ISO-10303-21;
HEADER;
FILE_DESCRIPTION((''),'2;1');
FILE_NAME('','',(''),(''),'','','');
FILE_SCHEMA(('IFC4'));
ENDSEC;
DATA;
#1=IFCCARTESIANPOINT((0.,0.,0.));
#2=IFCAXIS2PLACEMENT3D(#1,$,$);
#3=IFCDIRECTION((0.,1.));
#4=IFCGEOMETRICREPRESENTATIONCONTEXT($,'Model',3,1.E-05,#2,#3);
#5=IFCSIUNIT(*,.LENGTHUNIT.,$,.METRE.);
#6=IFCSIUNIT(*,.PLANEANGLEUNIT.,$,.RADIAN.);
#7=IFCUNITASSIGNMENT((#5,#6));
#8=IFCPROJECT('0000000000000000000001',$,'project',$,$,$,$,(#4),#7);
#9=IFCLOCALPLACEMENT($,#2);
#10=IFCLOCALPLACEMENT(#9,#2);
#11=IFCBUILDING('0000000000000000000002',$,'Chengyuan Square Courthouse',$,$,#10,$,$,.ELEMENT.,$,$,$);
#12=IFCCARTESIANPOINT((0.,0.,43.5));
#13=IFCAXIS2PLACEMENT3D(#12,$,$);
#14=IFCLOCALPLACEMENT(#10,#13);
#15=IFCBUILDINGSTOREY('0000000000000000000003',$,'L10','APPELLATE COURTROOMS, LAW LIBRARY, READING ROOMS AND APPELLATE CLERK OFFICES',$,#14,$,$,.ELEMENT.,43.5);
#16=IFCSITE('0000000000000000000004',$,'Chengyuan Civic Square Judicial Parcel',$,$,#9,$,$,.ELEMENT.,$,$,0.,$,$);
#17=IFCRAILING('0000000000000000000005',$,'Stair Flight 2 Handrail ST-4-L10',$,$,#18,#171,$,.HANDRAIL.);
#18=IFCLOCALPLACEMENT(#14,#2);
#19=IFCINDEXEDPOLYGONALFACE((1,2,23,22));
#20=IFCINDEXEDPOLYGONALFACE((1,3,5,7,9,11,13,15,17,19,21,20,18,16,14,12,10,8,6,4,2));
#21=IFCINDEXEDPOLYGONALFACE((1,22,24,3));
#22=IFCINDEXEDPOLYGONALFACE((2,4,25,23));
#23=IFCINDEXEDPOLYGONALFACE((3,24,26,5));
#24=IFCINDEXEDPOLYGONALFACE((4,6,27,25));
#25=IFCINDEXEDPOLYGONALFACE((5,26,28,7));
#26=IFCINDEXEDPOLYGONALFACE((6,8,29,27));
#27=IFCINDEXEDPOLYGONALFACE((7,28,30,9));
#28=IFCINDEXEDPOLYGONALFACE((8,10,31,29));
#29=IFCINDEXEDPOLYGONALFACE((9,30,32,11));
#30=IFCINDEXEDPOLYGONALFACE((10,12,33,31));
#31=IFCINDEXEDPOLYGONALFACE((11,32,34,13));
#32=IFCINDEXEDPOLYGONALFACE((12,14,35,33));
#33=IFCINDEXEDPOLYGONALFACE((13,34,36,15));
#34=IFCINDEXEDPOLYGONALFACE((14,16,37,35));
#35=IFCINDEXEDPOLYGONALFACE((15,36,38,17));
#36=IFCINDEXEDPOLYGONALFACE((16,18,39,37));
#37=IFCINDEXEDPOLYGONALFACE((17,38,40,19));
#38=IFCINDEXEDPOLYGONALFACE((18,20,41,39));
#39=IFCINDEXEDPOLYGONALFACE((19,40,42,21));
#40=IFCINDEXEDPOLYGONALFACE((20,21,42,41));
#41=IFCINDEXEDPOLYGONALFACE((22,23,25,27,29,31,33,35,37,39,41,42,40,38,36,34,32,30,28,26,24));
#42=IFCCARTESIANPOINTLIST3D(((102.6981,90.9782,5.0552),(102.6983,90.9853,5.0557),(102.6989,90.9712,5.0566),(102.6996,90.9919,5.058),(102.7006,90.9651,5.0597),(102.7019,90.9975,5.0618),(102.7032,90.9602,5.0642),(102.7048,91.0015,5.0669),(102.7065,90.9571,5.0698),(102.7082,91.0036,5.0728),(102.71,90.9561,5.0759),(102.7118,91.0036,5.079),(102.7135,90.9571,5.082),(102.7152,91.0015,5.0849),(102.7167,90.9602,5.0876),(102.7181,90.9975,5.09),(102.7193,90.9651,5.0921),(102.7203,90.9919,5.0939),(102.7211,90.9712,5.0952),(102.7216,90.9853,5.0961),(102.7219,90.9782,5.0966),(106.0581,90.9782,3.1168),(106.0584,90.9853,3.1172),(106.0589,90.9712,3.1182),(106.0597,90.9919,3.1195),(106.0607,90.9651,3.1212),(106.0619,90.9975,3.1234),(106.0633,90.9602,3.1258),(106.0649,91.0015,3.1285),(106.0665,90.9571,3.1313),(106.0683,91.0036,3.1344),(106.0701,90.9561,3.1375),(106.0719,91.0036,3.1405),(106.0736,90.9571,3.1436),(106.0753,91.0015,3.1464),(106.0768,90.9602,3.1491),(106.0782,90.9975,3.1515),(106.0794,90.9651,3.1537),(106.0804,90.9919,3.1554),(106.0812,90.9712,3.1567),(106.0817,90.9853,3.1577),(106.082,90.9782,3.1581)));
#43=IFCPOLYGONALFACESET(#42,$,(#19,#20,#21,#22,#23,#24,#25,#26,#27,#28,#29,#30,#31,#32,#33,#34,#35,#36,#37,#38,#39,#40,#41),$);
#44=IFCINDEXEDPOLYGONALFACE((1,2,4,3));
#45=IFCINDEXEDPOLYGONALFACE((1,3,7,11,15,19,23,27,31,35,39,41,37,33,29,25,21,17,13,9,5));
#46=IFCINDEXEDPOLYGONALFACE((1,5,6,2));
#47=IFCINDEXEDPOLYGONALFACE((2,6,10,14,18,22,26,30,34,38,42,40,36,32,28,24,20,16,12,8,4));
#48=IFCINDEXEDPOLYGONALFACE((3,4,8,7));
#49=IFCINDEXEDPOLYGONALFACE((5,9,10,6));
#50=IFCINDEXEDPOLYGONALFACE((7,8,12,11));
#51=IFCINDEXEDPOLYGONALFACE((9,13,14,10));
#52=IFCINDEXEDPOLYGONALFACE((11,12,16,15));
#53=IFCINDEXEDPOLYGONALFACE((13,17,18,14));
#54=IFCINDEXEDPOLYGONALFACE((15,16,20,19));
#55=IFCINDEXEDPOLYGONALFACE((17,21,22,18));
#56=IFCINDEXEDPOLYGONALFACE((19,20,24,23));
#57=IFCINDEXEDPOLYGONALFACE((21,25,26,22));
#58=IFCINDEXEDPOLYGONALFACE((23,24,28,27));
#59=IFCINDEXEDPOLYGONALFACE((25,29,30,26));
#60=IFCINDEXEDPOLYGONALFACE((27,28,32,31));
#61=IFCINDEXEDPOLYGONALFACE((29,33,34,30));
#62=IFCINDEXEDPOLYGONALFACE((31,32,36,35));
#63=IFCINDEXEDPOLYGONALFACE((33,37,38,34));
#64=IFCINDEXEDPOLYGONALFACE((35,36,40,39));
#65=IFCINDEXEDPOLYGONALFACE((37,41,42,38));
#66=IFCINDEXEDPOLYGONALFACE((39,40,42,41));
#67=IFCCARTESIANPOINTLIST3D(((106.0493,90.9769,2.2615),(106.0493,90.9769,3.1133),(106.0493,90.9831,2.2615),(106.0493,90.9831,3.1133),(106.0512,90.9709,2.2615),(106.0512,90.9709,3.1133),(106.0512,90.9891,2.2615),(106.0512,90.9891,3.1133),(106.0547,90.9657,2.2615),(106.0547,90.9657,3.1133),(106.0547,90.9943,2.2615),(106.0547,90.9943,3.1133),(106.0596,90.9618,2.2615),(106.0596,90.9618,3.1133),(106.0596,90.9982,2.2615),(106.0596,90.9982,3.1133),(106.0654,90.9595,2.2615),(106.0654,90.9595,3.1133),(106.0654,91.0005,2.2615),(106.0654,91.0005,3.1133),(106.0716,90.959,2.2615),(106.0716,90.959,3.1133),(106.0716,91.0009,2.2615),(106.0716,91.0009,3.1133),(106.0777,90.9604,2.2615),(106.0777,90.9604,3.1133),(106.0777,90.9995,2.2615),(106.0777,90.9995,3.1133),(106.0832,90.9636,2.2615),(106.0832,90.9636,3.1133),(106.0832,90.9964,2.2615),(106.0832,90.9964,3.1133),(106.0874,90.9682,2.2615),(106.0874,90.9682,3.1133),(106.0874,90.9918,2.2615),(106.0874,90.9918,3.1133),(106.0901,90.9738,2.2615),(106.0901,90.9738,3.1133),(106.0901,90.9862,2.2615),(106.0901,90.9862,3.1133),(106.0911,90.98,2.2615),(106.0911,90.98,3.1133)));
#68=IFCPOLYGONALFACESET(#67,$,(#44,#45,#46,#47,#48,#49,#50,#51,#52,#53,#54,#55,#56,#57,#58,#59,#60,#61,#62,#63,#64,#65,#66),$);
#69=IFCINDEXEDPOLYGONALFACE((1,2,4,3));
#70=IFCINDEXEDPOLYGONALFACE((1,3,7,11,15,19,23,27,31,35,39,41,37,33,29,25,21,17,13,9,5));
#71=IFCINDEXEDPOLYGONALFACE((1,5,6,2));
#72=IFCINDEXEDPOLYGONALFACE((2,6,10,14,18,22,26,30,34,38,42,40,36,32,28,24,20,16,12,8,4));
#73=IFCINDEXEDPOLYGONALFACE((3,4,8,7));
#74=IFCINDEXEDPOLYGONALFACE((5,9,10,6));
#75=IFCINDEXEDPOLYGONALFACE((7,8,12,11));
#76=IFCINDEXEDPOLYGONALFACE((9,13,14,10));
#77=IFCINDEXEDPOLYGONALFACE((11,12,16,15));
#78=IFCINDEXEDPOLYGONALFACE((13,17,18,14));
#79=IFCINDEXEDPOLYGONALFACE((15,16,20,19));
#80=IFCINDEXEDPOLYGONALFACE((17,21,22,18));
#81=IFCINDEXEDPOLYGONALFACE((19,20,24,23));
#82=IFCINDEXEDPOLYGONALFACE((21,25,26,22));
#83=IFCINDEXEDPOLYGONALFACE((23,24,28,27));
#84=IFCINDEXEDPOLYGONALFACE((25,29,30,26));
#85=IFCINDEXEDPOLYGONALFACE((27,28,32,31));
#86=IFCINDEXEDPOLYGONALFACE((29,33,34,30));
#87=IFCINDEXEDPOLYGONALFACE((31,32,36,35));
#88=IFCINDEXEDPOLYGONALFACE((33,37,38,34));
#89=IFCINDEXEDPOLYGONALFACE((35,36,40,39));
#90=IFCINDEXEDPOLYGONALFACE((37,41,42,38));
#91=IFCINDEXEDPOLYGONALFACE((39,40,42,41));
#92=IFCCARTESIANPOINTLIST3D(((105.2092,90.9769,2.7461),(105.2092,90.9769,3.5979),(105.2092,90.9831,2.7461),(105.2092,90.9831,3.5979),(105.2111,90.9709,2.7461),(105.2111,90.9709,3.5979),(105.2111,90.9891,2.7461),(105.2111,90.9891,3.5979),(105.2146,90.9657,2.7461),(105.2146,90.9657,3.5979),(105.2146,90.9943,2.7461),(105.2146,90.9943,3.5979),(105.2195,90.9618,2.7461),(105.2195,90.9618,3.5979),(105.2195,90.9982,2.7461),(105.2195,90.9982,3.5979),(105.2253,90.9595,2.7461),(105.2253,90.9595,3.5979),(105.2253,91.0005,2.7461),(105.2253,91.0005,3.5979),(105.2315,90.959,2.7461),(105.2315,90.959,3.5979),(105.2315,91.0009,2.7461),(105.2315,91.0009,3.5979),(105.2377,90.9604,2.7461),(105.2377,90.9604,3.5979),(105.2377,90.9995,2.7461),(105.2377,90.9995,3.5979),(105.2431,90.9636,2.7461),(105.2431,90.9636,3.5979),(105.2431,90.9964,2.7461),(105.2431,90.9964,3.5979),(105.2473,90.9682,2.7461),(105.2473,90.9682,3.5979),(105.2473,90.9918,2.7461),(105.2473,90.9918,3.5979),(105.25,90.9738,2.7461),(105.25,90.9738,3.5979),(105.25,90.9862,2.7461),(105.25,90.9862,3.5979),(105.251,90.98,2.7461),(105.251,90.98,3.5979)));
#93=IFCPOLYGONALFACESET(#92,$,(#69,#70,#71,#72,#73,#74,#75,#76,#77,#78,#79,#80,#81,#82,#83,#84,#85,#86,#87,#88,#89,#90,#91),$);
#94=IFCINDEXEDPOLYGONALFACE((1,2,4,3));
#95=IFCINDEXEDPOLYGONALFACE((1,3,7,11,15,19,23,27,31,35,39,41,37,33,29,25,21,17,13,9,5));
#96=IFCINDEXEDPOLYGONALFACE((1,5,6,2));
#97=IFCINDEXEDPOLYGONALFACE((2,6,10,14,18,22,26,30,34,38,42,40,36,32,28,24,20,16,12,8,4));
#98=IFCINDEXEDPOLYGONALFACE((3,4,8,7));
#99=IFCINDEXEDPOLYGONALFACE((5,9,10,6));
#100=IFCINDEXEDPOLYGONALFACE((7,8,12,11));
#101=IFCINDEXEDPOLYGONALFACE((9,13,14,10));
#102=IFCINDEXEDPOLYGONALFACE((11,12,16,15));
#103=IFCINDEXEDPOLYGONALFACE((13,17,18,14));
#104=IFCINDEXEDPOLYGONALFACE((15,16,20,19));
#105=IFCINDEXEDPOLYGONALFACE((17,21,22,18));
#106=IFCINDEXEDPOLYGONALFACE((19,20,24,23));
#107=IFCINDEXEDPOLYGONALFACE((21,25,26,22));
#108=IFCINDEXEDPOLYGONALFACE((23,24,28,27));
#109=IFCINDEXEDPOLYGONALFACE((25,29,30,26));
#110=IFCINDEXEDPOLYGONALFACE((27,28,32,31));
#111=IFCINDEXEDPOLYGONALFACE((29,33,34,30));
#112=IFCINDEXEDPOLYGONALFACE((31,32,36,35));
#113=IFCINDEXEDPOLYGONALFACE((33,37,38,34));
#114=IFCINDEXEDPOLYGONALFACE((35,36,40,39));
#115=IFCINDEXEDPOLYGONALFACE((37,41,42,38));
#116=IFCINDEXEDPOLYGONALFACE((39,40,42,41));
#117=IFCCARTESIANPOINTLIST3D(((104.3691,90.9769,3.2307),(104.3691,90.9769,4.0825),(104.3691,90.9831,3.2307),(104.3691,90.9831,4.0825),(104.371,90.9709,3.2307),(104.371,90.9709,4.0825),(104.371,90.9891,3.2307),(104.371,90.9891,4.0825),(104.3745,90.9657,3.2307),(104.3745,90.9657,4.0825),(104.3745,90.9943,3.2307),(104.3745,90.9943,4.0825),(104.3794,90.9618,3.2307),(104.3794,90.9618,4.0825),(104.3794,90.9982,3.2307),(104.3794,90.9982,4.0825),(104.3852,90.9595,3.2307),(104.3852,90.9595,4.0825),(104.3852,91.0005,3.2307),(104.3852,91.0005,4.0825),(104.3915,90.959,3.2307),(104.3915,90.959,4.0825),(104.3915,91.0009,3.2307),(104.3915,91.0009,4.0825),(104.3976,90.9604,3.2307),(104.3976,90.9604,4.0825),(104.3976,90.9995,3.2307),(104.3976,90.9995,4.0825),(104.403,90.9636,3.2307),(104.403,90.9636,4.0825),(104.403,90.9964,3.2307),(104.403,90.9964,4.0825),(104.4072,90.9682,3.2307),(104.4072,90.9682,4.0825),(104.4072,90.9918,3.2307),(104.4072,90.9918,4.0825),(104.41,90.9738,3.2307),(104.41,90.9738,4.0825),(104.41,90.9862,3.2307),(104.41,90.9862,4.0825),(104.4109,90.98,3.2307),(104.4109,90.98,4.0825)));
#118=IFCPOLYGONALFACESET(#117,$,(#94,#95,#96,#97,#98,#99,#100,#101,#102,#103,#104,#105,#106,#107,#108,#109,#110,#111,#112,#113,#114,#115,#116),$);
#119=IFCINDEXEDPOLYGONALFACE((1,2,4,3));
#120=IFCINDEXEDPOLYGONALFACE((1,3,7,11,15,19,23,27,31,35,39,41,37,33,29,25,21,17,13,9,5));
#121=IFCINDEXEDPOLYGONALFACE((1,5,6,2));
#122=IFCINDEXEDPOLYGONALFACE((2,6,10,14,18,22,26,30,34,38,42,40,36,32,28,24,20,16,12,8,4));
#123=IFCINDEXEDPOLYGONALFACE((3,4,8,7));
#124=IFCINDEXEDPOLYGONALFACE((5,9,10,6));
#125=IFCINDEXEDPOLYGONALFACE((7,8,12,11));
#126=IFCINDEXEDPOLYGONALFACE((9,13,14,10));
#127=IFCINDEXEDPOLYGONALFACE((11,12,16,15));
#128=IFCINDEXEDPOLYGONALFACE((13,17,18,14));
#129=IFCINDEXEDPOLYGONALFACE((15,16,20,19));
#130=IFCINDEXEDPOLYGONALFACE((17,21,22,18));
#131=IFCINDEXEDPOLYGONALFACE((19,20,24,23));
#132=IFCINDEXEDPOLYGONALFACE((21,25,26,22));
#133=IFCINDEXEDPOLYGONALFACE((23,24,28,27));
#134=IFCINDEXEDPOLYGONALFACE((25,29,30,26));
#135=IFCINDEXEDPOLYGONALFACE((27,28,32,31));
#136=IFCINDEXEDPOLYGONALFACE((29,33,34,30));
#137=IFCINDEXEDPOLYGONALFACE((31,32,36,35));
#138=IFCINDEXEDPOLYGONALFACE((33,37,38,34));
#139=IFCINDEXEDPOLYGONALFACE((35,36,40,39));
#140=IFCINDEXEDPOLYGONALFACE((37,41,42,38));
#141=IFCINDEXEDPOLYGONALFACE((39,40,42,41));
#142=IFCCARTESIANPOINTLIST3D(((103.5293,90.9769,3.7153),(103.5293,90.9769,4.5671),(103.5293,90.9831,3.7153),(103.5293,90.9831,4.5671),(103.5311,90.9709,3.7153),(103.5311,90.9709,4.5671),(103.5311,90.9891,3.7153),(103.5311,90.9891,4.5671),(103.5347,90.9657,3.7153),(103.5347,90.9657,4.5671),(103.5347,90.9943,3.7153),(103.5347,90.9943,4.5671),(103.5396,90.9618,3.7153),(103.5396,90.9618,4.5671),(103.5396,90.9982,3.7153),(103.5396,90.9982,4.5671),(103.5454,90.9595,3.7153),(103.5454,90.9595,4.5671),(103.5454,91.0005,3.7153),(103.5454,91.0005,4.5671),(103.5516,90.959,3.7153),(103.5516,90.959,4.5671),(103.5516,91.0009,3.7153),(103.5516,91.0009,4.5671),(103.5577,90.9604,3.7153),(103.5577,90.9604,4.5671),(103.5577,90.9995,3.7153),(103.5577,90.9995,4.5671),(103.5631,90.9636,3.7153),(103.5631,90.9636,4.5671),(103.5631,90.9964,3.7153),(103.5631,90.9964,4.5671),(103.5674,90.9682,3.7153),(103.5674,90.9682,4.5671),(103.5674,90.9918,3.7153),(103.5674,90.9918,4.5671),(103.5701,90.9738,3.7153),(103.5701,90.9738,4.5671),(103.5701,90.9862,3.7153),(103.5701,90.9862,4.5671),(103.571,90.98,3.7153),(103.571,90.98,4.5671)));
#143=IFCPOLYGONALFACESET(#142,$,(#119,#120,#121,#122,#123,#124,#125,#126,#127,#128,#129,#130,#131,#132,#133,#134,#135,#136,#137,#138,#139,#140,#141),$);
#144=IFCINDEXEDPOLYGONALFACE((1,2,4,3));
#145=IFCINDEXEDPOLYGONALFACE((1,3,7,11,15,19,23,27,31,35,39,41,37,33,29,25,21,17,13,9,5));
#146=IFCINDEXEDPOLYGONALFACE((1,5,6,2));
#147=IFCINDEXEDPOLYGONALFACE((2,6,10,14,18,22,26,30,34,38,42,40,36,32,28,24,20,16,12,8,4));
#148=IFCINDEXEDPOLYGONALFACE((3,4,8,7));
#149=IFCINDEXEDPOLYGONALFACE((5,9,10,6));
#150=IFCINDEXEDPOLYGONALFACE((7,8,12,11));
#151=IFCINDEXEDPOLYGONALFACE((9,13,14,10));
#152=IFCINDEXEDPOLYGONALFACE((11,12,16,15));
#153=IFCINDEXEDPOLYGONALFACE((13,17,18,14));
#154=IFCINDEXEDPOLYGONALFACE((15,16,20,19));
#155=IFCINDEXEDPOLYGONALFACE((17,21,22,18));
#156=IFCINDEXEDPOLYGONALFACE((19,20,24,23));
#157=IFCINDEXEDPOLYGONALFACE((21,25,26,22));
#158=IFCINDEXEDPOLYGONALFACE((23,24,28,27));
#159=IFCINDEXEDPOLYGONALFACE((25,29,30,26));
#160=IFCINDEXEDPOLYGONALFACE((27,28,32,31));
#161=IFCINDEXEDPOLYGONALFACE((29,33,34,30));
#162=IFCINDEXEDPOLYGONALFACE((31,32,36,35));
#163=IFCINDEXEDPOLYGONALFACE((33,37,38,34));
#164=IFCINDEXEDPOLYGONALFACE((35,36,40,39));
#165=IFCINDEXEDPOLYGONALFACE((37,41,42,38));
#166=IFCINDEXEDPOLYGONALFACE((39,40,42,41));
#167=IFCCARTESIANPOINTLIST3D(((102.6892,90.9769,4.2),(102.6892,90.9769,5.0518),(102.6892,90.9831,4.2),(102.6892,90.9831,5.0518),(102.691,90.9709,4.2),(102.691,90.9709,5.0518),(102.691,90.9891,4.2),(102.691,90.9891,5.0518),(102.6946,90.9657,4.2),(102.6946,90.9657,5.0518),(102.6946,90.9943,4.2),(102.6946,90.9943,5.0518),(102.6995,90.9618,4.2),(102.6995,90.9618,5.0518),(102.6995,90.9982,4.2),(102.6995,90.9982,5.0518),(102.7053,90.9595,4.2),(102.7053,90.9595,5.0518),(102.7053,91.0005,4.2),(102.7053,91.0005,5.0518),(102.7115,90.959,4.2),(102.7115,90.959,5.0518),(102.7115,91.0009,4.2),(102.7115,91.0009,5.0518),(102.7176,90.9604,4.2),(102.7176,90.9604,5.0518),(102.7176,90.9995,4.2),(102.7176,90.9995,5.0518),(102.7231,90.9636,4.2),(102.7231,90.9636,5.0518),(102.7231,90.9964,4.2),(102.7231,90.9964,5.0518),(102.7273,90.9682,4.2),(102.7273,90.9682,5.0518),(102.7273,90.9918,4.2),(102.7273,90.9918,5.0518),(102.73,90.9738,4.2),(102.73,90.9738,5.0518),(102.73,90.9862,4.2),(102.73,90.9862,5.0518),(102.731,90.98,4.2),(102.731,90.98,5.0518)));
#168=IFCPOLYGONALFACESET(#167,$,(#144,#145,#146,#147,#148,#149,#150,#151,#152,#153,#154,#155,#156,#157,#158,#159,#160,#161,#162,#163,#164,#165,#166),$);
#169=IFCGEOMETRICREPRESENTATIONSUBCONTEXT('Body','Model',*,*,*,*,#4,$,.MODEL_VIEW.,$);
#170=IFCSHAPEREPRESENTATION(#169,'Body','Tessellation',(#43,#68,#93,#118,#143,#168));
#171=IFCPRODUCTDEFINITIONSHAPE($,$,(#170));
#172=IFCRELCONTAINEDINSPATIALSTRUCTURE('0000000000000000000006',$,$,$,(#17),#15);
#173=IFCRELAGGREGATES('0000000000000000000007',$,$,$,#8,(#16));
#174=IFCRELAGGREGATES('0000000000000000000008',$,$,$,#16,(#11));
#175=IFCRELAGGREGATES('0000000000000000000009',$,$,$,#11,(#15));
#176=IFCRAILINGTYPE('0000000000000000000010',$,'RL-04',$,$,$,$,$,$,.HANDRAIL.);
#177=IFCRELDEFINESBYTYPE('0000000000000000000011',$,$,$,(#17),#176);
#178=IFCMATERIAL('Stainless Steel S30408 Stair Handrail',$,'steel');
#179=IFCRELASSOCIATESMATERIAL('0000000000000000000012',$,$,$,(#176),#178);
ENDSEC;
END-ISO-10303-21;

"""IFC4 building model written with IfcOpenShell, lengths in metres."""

from ifc_helpers import new_model, si_unit, direction, frame, origin, origin_2d, place, context, subcontext, project, spatial, circle, extrude, material, type_object, element, save


model = new_model("IFC4")

# Units and contexts
model_context = context("Model", 3, precision=1e-05, world=origin(), true_north=direction((0.0, 1.0)))
body_context = subcontext(model_context, "Body", "Model", "MODEL_VIEW")
ifc_project = project(units=[si_unit("LENGTHUNIT", "METRE"), si_unit("PLANEANGLEUNIT", "RADIAN")], contexts=[model_context])

# Site, building, storey
site_placement = place(None, origin())
site = spatial("IfcSite", under=ifc_project, at=site_placement, Name="Chengyuan Civic Square Judicial Parcel", CompositionType="ELEMENT", RefElevation=0.0)
building_placement = place(site_placement, origin())
building = spatial("IfcBuilding", under=site, at=building_placement, Name="Chengyuan Square Courthouse", CompositionType="ELEMENT")
storey_placement = place(building_placement, frame((0.0, 0.0, 43.5)))
storey = spatial("IfcBuildingStorey", under=building, at=storey_placement, Name="L10", Description="APPELLATE COURTROOMS, LAW LIBRARY, READING ROOMS AND APPELLATE CLERK OFFICES", CompositionType="ELEMENT", Elevation=43.5)

# Railing
ifc_material_1 = material(Name="Stainless Steel S30408 Stair Handrail", Category="steel")
railing_type_1 = type_object("IfcRailingType", Name="RL-04", PredefinedType="HANDRAIL", material=ifc_material_1)
railing_1_placement = place(storey_placement, frame((106.0701, 90.98, 2.2615)))
element("IfcRailing", 1, at=railing_1_placement, inside=storey, type_object=railing_type_1, Name="Stair Flight 2 Handrail ST-4-L10", PredefinedType="HANDRAIL", context=body_context, shape_type="SweptSolid", body=[
    extrude(circle(Radius=0.0239, at=origin_2d()), frame((0.0, 0.0, 0.876), z_axis=(-0.866191, 0.0, 0.499713), x_axis=(0.0, -1.0, 0.0)), (0.0, 0.0, 1.0), 3.8792),
    extrude(circle(Radius=0.021, at=origin_2d()), origin(), (0.0, 0.0, 1.0), 0.8518),
    extrude(circle(Radius=0.021, at=origin_2d()), frame((-0.8401, 0.0, 0.4846)), (0.0, 0.0, 1.0), 0.8518),
    extrude(circle(Radius=0.021, at=origin_2d()), frame((-1.6802, 0.0, 0.9692)), (0.0, 0.0, 1.0), 0.8518),
    extrude(circle(Radius=0.021, at=origin_2d()), frame((-2.52, 0.0, 1.4539)), (0.0, 0.0, 1.0), 0.8518),
    extrude(circle(Radius=0.021, at=origin_2d()), frame((-3.3601, 0.0, 1.9385)), (0.0, 0.0, 1.0), 0.8518),
])

save(model, "model.ifc")
